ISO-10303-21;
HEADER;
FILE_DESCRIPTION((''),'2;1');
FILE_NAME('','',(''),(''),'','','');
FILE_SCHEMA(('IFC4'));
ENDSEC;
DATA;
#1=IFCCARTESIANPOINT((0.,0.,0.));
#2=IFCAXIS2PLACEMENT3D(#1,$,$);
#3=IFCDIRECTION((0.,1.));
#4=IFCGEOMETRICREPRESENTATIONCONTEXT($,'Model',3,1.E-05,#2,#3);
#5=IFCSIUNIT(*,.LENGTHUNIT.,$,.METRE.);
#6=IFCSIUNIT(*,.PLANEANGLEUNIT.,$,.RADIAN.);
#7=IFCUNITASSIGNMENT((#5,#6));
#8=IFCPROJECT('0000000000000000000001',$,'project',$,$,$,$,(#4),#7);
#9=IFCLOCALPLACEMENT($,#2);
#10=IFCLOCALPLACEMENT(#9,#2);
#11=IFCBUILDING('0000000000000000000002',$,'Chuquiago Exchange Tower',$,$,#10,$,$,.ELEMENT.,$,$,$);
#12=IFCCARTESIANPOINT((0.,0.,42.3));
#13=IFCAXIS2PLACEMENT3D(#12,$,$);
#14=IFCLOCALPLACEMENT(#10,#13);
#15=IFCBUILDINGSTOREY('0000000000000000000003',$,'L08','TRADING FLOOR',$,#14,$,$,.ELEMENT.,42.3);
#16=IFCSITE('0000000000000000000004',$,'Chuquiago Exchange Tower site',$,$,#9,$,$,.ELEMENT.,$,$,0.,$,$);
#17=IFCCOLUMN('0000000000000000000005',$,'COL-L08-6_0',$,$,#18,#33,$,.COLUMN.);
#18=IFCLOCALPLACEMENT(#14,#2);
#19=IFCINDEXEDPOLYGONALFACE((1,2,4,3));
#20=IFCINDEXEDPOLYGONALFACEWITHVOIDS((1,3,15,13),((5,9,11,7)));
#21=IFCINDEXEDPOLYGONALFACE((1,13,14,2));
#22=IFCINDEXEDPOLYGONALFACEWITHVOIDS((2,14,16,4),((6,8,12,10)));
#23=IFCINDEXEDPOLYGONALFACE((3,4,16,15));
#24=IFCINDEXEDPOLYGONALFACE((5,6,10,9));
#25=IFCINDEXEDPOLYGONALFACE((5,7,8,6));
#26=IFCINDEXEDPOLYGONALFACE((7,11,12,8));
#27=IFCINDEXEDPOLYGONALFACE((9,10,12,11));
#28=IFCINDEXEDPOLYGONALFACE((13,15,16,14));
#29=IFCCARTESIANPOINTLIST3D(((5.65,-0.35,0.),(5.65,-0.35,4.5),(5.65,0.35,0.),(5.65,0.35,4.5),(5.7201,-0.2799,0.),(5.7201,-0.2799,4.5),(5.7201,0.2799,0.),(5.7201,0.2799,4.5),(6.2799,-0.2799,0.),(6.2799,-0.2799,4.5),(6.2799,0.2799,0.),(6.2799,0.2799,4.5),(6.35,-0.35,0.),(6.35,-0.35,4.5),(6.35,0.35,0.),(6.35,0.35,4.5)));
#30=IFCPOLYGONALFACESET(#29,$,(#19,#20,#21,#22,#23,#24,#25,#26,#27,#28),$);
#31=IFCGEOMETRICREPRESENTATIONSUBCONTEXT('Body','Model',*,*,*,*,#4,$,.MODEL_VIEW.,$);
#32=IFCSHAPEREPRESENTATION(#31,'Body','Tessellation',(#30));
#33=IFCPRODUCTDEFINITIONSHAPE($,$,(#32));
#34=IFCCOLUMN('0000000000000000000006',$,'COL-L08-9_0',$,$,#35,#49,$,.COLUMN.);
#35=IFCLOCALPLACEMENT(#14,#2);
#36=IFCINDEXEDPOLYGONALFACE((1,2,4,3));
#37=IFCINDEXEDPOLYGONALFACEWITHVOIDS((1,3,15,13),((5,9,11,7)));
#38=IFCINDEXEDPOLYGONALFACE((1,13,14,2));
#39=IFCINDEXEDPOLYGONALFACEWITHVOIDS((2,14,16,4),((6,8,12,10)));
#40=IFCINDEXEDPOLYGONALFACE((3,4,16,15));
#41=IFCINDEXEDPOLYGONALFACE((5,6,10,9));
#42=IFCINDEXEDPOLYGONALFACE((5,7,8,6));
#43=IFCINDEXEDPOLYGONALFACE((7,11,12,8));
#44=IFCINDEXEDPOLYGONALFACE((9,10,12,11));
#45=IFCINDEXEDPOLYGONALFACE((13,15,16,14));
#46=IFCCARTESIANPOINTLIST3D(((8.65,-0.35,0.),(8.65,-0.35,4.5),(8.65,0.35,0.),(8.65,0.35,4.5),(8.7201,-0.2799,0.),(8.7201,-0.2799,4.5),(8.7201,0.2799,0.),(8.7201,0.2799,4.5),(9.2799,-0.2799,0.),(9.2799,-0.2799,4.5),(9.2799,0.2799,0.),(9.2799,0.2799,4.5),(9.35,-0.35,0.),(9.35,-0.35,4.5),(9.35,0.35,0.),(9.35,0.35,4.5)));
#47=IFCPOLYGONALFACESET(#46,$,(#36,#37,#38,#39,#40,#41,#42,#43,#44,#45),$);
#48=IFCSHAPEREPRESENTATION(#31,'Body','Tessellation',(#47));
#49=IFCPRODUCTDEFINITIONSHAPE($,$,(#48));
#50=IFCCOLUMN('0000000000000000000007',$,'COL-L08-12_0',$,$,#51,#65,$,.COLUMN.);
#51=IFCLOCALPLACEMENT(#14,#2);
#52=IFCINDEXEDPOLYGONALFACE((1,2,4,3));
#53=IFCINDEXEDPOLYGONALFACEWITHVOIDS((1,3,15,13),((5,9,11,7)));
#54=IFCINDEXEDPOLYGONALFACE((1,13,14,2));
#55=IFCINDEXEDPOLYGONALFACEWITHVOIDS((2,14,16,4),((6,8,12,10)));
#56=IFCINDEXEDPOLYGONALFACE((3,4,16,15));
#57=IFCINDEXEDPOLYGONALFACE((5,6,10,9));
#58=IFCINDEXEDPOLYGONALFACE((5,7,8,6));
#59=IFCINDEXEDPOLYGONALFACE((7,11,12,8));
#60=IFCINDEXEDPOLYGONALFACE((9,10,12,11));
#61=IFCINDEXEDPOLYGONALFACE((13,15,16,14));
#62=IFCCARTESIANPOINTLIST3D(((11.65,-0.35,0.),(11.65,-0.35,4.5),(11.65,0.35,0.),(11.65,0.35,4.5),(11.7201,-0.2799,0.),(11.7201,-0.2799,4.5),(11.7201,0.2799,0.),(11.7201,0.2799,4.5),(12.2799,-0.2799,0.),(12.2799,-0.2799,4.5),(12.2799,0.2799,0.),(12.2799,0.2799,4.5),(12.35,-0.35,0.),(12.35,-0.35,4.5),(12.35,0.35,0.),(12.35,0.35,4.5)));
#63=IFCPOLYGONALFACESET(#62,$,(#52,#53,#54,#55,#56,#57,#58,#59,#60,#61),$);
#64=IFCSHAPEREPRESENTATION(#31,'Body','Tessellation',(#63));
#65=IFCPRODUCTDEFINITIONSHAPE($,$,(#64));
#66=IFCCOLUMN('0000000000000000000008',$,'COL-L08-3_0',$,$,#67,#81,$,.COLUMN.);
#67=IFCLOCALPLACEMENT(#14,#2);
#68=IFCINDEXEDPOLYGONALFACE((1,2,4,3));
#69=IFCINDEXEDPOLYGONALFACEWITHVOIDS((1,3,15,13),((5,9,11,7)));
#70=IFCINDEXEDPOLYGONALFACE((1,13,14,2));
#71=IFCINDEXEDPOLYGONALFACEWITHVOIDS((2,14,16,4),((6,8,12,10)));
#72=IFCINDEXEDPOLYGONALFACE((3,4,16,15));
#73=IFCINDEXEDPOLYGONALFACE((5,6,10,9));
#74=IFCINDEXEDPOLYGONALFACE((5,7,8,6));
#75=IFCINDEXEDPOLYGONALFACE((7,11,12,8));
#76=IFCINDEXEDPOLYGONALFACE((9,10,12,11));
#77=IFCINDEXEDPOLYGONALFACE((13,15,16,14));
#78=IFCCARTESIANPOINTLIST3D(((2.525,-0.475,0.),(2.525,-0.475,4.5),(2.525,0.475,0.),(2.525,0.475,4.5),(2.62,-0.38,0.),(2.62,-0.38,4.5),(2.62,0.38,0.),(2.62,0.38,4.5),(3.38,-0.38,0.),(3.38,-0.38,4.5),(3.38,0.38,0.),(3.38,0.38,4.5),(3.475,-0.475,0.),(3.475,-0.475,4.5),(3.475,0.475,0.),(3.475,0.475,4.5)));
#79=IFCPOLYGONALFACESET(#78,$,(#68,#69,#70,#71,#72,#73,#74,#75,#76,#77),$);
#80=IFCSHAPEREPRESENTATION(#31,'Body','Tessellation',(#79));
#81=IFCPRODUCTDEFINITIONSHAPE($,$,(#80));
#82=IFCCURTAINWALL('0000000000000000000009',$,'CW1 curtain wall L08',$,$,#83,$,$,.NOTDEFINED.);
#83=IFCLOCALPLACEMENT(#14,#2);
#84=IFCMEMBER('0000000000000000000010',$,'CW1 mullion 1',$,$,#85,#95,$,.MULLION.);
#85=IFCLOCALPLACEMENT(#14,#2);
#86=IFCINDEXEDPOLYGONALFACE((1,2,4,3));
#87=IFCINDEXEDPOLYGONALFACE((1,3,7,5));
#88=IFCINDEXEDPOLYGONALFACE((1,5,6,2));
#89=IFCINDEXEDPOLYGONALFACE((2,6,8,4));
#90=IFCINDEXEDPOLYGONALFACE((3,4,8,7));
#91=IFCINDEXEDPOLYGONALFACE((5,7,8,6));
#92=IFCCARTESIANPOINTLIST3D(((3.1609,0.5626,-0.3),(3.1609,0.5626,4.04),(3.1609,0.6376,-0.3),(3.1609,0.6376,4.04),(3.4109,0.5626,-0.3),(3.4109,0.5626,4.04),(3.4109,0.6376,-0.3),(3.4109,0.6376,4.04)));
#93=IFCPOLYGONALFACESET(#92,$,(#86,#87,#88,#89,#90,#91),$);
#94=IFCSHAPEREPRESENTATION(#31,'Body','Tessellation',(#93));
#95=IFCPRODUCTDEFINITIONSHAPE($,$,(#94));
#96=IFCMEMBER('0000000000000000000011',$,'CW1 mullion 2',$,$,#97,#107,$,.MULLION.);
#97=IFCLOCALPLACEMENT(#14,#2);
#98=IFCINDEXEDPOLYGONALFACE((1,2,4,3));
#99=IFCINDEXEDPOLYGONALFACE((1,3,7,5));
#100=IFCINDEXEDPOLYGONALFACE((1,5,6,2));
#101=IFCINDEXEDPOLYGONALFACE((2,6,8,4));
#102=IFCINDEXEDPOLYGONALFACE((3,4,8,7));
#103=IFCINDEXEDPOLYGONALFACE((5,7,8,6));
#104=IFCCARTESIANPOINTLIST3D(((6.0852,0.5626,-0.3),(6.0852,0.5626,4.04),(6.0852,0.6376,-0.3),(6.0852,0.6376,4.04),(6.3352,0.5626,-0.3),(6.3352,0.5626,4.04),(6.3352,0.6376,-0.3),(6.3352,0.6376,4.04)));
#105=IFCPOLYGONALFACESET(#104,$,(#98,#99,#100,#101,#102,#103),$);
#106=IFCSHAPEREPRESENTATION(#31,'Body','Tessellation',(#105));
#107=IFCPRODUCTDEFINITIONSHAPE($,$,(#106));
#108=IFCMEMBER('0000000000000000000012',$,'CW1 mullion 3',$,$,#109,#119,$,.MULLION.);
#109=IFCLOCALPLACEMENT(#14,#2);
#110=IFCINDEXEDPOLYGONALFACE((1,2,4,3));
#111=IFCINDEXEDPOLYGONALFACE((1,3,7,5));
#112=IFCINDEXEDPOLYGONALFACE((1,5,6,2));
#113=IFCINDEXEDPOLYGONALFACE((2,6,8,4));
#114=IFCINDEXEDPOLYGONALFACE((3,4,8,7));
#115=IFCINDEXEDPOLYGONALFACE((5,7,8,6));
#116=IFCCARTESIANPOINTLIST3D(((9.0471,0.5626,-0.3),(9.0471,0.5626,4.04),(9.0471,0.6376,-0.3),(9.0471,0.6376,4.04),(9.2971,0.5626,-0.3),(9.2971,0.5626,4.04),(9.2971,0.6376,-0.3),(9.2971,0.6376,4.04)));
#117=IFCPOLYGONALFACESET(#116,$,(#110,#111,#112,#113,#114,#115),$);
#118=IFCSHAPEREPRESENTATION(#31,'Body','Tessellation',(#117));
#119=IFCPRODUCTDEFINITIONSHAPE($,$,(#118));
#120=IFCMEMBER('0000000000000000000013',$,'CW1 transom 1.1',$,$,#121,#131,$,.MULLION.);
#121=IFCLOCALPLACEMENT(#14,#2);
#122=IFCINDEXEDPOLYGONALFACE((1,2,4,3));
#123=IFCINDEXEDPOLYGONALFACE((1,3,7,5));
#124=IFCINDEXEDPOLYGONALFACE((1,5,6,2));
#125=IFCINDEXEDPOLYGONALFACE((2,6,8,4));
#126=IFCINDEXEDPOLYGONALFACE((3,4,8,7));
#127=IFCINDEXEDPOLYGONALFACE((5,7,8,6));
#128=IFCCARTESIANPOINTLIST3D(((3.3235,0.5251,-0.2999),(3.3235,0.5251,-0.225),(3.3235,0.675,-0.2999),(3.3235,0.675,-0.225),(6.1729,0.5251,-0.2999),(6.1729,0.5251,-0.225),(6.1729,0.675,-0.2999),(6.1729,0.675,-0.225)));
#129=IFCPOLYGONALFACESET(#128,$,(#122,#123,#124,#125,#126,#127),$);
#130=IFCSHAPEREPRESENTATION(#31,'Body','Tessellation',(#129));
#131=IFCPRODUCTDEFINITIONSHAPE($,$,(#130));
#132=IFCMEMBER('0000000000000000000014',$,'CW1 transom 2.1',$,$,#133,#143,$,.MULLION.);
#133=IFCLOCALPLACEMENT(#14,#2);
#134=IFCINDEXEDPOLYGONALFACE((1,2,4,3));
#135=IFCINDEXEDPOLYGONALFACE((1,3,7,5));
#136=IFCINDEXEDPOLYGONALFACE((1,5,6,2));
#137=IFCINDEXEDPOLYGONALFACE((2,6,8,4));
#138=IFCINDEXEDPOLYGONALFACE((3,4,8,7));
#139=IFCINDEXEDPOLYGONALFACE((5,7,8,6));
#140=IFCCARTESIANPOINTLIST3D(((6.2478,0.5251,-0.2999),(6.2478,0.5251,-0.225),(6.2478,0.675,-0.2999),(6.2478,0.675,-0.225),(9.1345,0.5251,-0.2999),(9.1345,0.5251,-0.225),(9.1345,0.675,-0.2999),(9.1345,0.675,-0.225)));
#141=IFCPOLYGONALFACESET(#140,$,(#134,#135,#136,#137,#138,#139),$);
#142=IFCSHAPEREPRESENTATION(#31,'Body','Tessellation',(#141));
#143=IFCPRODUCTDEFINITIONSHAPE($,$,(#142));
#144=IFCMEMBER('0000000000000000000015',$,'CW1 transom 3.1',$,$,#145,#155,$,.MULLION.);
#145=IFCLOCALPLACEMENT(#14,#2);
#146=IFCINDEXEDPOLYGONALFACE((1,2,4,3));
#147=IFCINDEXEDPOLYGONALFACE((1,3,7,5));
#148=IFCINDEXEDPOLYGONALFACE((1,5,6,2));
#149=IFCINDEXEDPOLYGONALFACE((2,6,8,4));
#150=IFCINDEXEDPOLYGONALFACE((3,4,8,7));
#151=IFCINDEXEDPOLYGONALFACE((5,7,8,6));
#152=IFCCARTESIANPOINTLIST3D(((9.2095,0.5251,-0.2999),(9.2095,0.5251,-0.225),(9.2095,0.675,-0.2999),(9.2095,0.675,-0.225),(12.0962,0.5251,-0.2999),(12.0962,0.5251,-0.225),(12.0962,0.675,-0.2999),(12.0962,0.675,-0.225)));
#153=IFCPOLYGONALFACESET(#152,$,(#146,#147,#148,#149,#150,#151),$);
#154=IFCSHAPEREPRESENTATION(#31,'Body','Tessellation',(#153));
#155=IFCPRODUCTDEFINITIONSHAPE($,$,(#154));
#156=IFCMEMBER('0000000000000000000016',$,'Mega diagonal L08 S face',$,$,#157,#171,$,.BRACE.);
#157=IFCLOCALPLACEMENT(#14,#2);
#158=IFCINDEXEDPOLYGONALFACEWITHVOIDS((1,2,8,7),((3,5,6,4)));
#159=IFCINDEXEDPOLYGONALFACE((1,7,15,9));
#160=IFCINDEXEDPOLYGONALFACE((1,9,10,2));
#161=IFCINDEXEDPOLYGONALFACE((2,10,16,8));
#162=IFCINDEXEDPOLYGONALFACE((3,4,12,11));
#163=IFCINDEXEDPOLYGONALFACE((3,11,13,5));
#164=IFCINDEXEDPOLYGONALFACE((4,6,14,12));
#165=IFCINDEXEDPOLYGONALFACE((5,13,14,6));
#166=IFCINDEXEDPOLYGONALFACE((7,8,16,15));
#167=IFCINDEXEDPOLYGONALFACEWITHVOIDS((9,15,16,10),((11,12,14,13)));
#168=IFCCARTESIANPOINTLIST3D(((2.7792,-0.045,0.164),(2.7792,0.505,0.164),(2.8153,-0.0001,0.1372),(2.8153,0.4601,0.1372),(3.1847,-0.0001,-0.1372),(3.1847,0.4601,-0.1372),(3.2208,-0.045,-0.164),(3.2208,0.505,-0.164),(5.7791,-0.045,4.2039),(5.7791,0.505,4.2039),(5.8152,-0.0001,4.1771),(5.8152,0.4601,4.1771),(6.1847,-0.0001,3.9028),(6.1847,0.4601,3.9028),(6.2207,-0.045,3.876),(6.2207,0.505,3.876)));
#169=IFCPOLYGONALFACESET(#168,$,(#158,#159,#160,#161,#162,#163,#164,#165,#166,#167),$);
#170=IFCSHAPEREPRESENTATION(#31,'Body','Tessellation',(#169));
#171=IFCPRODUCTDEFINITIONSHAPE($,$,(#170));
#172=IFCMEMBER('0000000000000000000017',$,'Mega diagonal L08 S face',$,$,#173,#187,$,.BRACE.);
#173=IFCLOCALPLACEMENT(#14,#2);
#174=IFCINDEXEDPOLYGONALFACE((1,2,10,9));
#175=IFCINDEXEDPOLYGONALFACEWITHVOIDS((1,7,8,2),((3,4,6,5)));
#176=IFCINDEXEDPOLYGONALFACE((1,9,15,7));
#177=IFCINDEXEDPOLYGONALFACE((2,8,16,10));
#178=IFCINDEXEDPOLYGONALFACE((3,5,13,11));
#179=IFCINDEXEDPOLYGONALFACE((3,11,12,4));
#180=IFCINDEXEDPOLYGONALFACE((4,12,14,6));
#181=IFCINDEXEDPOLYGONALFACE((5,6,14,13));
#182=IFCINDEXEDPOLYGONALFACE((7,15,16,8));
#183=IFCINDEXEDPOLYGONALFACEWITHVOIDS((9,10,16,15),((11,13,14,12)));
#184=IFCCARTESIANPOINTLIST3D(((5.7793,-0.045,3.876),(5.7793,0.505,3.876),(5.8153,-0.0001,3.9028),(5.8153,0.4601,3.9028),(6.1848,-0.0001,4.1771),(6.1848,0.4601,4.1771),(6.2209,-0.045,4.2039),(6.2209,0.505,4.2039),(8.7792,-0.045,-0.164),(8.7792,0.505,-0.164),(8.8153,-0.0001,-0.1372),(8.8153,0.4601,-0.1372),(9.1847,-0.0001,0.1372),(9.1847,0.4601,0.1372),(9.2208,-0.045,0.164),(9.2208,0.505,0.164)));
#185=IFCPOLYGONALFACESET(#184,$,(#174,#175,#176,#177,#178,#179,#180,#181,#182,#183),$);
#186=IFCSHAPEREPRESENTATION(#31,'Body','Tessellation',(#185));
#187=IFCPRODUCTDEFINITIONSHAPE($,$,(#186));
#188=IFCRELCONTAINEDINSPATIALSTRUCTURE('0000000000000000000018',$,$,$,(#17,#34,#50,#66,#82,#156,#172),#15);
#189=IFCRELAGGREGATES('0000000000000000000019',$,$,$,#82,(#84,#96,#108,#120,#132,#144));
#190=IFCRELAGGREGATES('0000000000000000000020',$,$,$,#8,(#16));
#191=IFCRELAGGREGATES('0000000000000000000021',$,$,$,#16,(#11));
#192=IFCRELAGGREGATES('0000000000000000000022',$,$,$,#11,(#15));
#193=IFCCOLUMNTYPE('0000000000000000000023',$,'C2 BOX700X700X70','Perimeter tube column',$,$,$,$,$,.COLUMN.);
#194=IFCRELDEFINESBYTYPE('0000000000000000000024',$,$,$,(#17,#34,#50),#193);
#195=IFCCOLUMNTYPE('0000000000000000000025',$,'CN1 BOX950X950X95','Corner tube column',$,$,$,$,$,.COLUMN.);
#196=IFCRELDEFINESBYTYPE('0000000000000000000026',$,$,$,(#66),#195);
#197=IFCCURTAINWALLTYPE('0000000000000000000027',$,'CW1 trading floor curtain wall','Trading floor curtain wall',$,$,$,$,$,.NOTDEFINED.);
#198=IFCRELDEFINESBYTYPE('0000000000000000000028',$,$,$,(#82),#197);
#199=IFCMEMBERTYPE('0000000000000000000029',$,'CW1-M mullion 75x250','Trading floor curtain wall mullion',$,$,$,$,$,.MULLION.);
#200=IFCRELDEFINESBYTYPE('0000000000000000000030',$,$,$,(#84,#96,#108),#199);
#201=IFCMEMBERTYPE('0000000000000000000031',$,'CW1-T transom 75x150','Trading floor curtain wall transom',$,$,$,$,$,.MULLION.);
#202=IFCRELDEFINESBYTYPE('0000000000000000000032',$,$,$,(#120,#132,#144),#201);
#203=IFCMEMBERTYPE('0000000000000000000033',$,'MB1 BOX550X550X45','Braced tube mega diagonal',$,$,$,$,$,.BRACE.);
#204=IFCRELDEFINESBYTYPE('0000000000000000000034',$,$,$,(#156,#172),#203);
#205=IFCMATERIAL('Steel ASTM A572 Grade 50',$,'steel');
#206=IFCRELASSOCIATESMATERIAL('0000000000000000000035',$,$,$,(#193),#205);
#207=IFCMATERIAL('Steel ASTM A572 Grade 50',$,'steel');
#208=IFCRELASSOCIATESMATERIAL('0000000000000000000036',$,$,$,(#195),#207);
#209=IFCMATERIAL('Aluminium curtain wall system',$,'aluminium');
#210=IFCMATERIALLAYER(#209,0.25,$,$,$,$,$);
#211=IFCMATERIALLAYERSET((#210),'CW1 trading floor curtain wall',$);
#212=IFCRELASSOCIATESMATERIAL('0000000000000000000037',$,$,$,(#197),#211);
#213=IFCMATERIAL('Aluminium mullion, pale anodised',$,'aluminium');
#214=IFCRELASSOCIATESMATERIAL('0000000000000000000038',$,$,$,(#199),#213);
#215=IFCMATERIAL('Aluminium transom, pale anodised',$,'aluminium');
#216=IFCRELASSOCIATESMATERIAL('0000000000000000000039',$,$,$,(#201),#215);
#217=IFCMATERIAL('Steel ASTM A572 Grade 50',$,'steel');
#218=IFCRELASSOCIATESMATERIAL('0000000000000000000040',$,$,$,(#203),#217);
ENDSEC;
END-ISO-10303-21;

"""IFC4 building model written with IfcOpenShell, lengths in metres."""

from ifc_helpers import new_model, si_unit, direction, frame, origin, origin_2d, place, context, subcontext, project, spatial, rectangle, hollow_rectangle, extrude, material, layer, layer_set, material_profile, profile_set, type_object, element, aggregate, save


model = new_model("IFC4")

# Units and contexts
model_context = context("Model", 3, precision=1e-05, world=origin(), true_north=direction((0.0, 1.0)))
body_context = subcontext(model_context, "Body", "Model", "MODEL_VIEW")
ifc_project = project(units=[si_unit("LENGTHUNIT", "METRE"), si_unit("PLANEANGLEUNIT", "RADIAN")], contexts=[model_context])

# Site, building, storey
site_placement = place(None, origin())
site = spatial("IfcSite", under=ifc_project, at=site_placement, Name="Chuquiago Exchange Tower site", CompositionType="ELEMENT", RefElevation=0.0)
building_placement = place(site_placement, origin())
building = spatial("IfcBuilding", under=site, at=building_placement, Name="Chuquiago Exchange Tower", CompositionType="ELEMENT")
storey_placement = place(building_placement, frame((0.0, 0.0, 42.3)))
storey = spatial("IfcBuildingStorey", under=building, at=storey_placement, Name="L08", Description="TRADING FLOOR", CompositionType="ELEMENT", Elevation=42.3)

# Columns
ifc_material_1 = material(Name="Steel ASTM A572 Grade 50", Category="steel")
ifc_material_profile_1 = material_profile(ifc_material_1, hollow_rectangle(XDim=0.7, YDim=0.7, WallThickness=0.0701, at=origin_2d()), Name="BOX700X700X70")
ifc_profile_set_1 = profile_set([ifc_material_profile_1], Name="Steel ASTM A572 Grade 50")
column_type_1 = type_object("IfcColumnType", Name="C2 BOX700X700X70", Description="Perimeter tube column", PredefinedType="COLUMN", material=ifc_profile_set_1)
for number, where, z_axis, x_axis, name in (
    (1, (6.0, 0.0, 0.0), (0.0, 0.0, 1.0), (0.0, -1.0, 0.0), "COL-L08-6_0"),
    (2, (9.0, 0.0, 0.0), (0.0, 0.0, 1.0), (0.0, -1.0, 0.0), "COL-L08-9_0"),
    (3, (12.0, 0.0, 0.0), (0.0, 0.0, 1.0), (0.0, -1.0, 0.0), "COL-L08-12_0"),
):
    element("IfcColumn", number, at=place(storey_placement, frame(where, z_axis=z_axis, x_axis=x_axis)), inside=storey, type_object=column_type_1, Name=name, PredefinedType="COLUMN", context=body_context, shape_type="SweptSolid", body=[
        extrude(hollow_rectangle(XDim=0.7, YDim=0.7, WallThickness=0.0701, at=origin_2d()), origin(), (0.0, 0.0, 1.0), 4.5),
    ])
ifc_material_2 = material(Name="Steel ASTM A572 Grade 50", Category="steel")
ifc_material_profile_2 = material_profile(ifc_material_2, hollow_rectangle(XDim=0.95, YDim=0.95, WallThickness=0.095, at=origin_2d()), Name="BOX950X950X95")
ifc_profile_set_2 = profile_set([ifc_material_profile_2], Name="Steel ASTM A572 Grade 50")
column_type_2 = type_object("IfcColumnType", Name="CN1 BOX950X950X95", Description="Corner tube column", PredefinedType="COLUMN", material=ifc_profile_set_2)
column_placement = place(storey_placement, frame((3.0, 0.0, 0.0), z_axis=(0.0, 0.0, 1.0), x_axis=(0.0, -1.0, 0.0)))
element("IfcColumn", 4, at=column_placement, inside=storey, type_object=column_type_2, Name="COL-L08-3_0", PredefinedType="COLUMN", context=body_context, shape_type="SweptSolid", body=[
    extrude(hollow_rectangle(XDim=0.95, YDim=0.95, WallThickness=0.095, at=origin_2d()), origin(), (0.0, 0.0, 1.0), 4.5),
])

# Curtain wall, members
ifc_material_3 = material(Name="Aluminium curtain wall system", Category="aluminium")
ifc_layer_1 = layer(ifc_material_3, 0.25)
ifc_layer_set_1 = layer_set([ifc_layer_1], Name="CW1 trading floor curtain wall")
curtain_wall_type = type_object("IfcCurtainWallType", Name="CW1 trading floor curtain wall", Description="Trading floor curtain wall", PredefinedType="NOTDEFINED", material=ifc_layer_set_1)
curtain_wall_placement = place(storey_placement, origin())
curtain_wall = element("IfcCurtainWall", 5, at=curtain_wall_placement, inside=storey, type_object=curtain_wall_type, Name="CW1 curtain wall L08", PredefinedType="NOTDEFINED")
ifc_material_4 = material(Name="Aluminium mullion, pale anodised", Category="aluminium")
ifc_material_profile_3 = material_profile(ifc_material_4, rectangle(XDim=0.075, YDim=0.25, at=origin_2d()), Name="AL 75x250")
ifc_profile_set_3 = profile_set([ifc_material_profile_3], Name="Aluminium mullion, pale anodised")
member_type_1 = type_object("IfcMemberType", Name="CW1-M mullion 75x250", Description="Trading floor curtain wall mullion", PredefinedType="MULLION", material=ifc_profile_set_3)
member_1_placement = place(storey_placement, frame((3.2859, 0.6001, -0.3), z_axis=(0.0, 0.0, 1.0), x_axis=(0.0, 1.0, 0.0)))
member_1 = element("IfcMember", 6, at=member_1_placement, type_object=member_type_1, Name="CW1 mullion 1", PredefinedType="MULLION", context=body_context, shape_type="SweptSolid", body=[
    extrude(rectangle(XDim=0.075, YDim=0.25, at=origin_2d()), origin(), (0.0, 0.0, 1.0), 4.3401),
])
member_2_placement = place(storey_placement, frame((6.2102, 0.6001, -0.3), z_axis=(0.0, 0.0, 1.0), x_axis=(0.0, 1.0, 0.0)))
member_2 = element("IfcMember", 7, at=member_2_placement, type_object=member_type_1, Name="CW1 mullion 2", PredefinedType="MULLION", context=body_context, shape_type="SweptSolid", body=[
    extrude(rectangle(XDim=0.075, YDim=0.25, at=origin_2d()), origin(), (0.0, 0.0, 1.0), 4.3401),
])
member_3_placement = place(storey_placement, frame((9.1721, 0.6001, -0.3), z_axis=(0.0, 0.0, 1.0), x_axis=(0.0, 1.0, 0.0)))
member_3 = element("IfcMember", 8, at=member_3_placement, type_object=member_type_1, Name="CW1 mullion 3", PredefinedType="MULLION", context=body_context, shape_type="SweptSolid", body=[
    extrude(rectangle(XDim=0.075, YDim=0.25, at=origin_2d()), origin(), (0.0, 0.0, 1.0), 4.3401),
])
ifc_material_5 = material(Name="Aluminium transom, pale anodised", Category="aluminium")
ifc_material_profile_4 = material_profile(ifc_material_5, rectangle(XDim=0.1499, YDim=0.075, at=origin_2d()), Name="AL 150x75")
ifc_profile_set_4 = profile_set([ifc_material_profile_4], Name="Aluminium transom, pale anodised")
member_type_2 = type_object("IfcMemberType", Name="CW1-T transom 75x150", Description="Trading floor curtain wall transom", PredefinedType="MULLION", material=ifc_profile_set_4)
member_4_placement = place(storey_placement, frame((3.3235, 0.6001, -0.2625), z_axis=(1.0, 0.0, 0.0), x_axis=(0.0, 1.0, 0.0)))
member_4 = element("IfcMember", 9, at=member_4_placement, type_object=member_type_2, Name="CW1 transom 1.1", PredefinedType="MULLION", context=body_context, shape_type="SweptSolid", body=[
    extrude(rectangle(XDim=0.1499, YDim=0.075, at=origin_2d()), origin(), (0.0, 0.0, 1.0), 2.8494),
])
member_5_placement = place(storey_placement, frame((6.2478, 0.6001, -0.2625), z_axis=(1.0, 0.0, 0.0), x_axis=(0.0, 1.0, 0.0)))
member_5 = element("IfcMember", 10, at=member_5_placement, type_object=member_type_2, Name="CW1 transom 2.1", PredefinedType="MULLION", context=body_context, shape_type="SweptSolid", body=[
    extrude(rectangle(XDim=0.1499, YDim=0.075, at=origin_2d()), origin(), (0.0, 0.0, 1.0), 2.8867),
])
member_6_placement = place(storey_placement, frame((9.2095, 0.6001, -0.2625), z_axis=(1.0, 0.0, 0.0), x_axis=(0.0, 1.0, 0.0)))
member_6 = element("IfcMember", 11, at=member_6_placement, type_object=member_type_2, Name="CW1 transom 3.1", PredefinedType="MULLION", context=body_context, shape_type="SweptSolid", body=[
    extrude(rectangle(XDim=0.1499, YDim=0.075, at=origin_2d()), origin(), (0.0, 0.0, 1.0), 2.8867),
])

# Members
ifc_material_6 = material(Name="Steel ASTM A572 Grade 50", Category="steel")
ifc_material_profile_5 = material_profile(ifc_material_6, hollow_rectangle(XDim=0.55, YDim=0.55, WallThickness=0.0449, at=origin_2d()), Name="BOX550X550X45")
ifc_profile_set_5 = profile_set([ifc_material_profile_5], Name="Steel ASTM A572 Grade 50")
member_type_3 = type_object("IfcMemberType", Name="MB1 BOX550X550X45", Description="Braced tube mega diagonal", PredefinedType="BRACE", material=ifc_profile_set_5)
for number, where, z_axis, x_axis, name in (
    (12, (3.0, 0.23, 0.0), (0.596174, 0.0, 0.802855), (0.0, 1.0, 0.0), "Mega diagonal L08 S face"),
    (13, (9.0, 0.23, 0.0), (-0.596174, 0.0, 0.802855), (0.0, -1.0, 0.0), "Mega diagonal L08 S face"),
):
    element("IfcMember", number, at=place(storey_placement, frame(where, z_axis=z_axis, x_axis=x_axis)), inside=storey, type_object=member_type_3, Name=name, PredefinedType="BRACE", context=body_context, shape_type="SweptSolid", body=[
        extrude(hollow_rectangle(XDim=0.55, YDim=0.55, WallThickness=0.0449, at=origin_2d()), origin(), (0.0, 0.0, 1.0), 5.032),
    ])

aggregate(curtain_wall, [member_1, member_2, member_3, member_4, member_5, member_6])

save(model, "model.ifc")
